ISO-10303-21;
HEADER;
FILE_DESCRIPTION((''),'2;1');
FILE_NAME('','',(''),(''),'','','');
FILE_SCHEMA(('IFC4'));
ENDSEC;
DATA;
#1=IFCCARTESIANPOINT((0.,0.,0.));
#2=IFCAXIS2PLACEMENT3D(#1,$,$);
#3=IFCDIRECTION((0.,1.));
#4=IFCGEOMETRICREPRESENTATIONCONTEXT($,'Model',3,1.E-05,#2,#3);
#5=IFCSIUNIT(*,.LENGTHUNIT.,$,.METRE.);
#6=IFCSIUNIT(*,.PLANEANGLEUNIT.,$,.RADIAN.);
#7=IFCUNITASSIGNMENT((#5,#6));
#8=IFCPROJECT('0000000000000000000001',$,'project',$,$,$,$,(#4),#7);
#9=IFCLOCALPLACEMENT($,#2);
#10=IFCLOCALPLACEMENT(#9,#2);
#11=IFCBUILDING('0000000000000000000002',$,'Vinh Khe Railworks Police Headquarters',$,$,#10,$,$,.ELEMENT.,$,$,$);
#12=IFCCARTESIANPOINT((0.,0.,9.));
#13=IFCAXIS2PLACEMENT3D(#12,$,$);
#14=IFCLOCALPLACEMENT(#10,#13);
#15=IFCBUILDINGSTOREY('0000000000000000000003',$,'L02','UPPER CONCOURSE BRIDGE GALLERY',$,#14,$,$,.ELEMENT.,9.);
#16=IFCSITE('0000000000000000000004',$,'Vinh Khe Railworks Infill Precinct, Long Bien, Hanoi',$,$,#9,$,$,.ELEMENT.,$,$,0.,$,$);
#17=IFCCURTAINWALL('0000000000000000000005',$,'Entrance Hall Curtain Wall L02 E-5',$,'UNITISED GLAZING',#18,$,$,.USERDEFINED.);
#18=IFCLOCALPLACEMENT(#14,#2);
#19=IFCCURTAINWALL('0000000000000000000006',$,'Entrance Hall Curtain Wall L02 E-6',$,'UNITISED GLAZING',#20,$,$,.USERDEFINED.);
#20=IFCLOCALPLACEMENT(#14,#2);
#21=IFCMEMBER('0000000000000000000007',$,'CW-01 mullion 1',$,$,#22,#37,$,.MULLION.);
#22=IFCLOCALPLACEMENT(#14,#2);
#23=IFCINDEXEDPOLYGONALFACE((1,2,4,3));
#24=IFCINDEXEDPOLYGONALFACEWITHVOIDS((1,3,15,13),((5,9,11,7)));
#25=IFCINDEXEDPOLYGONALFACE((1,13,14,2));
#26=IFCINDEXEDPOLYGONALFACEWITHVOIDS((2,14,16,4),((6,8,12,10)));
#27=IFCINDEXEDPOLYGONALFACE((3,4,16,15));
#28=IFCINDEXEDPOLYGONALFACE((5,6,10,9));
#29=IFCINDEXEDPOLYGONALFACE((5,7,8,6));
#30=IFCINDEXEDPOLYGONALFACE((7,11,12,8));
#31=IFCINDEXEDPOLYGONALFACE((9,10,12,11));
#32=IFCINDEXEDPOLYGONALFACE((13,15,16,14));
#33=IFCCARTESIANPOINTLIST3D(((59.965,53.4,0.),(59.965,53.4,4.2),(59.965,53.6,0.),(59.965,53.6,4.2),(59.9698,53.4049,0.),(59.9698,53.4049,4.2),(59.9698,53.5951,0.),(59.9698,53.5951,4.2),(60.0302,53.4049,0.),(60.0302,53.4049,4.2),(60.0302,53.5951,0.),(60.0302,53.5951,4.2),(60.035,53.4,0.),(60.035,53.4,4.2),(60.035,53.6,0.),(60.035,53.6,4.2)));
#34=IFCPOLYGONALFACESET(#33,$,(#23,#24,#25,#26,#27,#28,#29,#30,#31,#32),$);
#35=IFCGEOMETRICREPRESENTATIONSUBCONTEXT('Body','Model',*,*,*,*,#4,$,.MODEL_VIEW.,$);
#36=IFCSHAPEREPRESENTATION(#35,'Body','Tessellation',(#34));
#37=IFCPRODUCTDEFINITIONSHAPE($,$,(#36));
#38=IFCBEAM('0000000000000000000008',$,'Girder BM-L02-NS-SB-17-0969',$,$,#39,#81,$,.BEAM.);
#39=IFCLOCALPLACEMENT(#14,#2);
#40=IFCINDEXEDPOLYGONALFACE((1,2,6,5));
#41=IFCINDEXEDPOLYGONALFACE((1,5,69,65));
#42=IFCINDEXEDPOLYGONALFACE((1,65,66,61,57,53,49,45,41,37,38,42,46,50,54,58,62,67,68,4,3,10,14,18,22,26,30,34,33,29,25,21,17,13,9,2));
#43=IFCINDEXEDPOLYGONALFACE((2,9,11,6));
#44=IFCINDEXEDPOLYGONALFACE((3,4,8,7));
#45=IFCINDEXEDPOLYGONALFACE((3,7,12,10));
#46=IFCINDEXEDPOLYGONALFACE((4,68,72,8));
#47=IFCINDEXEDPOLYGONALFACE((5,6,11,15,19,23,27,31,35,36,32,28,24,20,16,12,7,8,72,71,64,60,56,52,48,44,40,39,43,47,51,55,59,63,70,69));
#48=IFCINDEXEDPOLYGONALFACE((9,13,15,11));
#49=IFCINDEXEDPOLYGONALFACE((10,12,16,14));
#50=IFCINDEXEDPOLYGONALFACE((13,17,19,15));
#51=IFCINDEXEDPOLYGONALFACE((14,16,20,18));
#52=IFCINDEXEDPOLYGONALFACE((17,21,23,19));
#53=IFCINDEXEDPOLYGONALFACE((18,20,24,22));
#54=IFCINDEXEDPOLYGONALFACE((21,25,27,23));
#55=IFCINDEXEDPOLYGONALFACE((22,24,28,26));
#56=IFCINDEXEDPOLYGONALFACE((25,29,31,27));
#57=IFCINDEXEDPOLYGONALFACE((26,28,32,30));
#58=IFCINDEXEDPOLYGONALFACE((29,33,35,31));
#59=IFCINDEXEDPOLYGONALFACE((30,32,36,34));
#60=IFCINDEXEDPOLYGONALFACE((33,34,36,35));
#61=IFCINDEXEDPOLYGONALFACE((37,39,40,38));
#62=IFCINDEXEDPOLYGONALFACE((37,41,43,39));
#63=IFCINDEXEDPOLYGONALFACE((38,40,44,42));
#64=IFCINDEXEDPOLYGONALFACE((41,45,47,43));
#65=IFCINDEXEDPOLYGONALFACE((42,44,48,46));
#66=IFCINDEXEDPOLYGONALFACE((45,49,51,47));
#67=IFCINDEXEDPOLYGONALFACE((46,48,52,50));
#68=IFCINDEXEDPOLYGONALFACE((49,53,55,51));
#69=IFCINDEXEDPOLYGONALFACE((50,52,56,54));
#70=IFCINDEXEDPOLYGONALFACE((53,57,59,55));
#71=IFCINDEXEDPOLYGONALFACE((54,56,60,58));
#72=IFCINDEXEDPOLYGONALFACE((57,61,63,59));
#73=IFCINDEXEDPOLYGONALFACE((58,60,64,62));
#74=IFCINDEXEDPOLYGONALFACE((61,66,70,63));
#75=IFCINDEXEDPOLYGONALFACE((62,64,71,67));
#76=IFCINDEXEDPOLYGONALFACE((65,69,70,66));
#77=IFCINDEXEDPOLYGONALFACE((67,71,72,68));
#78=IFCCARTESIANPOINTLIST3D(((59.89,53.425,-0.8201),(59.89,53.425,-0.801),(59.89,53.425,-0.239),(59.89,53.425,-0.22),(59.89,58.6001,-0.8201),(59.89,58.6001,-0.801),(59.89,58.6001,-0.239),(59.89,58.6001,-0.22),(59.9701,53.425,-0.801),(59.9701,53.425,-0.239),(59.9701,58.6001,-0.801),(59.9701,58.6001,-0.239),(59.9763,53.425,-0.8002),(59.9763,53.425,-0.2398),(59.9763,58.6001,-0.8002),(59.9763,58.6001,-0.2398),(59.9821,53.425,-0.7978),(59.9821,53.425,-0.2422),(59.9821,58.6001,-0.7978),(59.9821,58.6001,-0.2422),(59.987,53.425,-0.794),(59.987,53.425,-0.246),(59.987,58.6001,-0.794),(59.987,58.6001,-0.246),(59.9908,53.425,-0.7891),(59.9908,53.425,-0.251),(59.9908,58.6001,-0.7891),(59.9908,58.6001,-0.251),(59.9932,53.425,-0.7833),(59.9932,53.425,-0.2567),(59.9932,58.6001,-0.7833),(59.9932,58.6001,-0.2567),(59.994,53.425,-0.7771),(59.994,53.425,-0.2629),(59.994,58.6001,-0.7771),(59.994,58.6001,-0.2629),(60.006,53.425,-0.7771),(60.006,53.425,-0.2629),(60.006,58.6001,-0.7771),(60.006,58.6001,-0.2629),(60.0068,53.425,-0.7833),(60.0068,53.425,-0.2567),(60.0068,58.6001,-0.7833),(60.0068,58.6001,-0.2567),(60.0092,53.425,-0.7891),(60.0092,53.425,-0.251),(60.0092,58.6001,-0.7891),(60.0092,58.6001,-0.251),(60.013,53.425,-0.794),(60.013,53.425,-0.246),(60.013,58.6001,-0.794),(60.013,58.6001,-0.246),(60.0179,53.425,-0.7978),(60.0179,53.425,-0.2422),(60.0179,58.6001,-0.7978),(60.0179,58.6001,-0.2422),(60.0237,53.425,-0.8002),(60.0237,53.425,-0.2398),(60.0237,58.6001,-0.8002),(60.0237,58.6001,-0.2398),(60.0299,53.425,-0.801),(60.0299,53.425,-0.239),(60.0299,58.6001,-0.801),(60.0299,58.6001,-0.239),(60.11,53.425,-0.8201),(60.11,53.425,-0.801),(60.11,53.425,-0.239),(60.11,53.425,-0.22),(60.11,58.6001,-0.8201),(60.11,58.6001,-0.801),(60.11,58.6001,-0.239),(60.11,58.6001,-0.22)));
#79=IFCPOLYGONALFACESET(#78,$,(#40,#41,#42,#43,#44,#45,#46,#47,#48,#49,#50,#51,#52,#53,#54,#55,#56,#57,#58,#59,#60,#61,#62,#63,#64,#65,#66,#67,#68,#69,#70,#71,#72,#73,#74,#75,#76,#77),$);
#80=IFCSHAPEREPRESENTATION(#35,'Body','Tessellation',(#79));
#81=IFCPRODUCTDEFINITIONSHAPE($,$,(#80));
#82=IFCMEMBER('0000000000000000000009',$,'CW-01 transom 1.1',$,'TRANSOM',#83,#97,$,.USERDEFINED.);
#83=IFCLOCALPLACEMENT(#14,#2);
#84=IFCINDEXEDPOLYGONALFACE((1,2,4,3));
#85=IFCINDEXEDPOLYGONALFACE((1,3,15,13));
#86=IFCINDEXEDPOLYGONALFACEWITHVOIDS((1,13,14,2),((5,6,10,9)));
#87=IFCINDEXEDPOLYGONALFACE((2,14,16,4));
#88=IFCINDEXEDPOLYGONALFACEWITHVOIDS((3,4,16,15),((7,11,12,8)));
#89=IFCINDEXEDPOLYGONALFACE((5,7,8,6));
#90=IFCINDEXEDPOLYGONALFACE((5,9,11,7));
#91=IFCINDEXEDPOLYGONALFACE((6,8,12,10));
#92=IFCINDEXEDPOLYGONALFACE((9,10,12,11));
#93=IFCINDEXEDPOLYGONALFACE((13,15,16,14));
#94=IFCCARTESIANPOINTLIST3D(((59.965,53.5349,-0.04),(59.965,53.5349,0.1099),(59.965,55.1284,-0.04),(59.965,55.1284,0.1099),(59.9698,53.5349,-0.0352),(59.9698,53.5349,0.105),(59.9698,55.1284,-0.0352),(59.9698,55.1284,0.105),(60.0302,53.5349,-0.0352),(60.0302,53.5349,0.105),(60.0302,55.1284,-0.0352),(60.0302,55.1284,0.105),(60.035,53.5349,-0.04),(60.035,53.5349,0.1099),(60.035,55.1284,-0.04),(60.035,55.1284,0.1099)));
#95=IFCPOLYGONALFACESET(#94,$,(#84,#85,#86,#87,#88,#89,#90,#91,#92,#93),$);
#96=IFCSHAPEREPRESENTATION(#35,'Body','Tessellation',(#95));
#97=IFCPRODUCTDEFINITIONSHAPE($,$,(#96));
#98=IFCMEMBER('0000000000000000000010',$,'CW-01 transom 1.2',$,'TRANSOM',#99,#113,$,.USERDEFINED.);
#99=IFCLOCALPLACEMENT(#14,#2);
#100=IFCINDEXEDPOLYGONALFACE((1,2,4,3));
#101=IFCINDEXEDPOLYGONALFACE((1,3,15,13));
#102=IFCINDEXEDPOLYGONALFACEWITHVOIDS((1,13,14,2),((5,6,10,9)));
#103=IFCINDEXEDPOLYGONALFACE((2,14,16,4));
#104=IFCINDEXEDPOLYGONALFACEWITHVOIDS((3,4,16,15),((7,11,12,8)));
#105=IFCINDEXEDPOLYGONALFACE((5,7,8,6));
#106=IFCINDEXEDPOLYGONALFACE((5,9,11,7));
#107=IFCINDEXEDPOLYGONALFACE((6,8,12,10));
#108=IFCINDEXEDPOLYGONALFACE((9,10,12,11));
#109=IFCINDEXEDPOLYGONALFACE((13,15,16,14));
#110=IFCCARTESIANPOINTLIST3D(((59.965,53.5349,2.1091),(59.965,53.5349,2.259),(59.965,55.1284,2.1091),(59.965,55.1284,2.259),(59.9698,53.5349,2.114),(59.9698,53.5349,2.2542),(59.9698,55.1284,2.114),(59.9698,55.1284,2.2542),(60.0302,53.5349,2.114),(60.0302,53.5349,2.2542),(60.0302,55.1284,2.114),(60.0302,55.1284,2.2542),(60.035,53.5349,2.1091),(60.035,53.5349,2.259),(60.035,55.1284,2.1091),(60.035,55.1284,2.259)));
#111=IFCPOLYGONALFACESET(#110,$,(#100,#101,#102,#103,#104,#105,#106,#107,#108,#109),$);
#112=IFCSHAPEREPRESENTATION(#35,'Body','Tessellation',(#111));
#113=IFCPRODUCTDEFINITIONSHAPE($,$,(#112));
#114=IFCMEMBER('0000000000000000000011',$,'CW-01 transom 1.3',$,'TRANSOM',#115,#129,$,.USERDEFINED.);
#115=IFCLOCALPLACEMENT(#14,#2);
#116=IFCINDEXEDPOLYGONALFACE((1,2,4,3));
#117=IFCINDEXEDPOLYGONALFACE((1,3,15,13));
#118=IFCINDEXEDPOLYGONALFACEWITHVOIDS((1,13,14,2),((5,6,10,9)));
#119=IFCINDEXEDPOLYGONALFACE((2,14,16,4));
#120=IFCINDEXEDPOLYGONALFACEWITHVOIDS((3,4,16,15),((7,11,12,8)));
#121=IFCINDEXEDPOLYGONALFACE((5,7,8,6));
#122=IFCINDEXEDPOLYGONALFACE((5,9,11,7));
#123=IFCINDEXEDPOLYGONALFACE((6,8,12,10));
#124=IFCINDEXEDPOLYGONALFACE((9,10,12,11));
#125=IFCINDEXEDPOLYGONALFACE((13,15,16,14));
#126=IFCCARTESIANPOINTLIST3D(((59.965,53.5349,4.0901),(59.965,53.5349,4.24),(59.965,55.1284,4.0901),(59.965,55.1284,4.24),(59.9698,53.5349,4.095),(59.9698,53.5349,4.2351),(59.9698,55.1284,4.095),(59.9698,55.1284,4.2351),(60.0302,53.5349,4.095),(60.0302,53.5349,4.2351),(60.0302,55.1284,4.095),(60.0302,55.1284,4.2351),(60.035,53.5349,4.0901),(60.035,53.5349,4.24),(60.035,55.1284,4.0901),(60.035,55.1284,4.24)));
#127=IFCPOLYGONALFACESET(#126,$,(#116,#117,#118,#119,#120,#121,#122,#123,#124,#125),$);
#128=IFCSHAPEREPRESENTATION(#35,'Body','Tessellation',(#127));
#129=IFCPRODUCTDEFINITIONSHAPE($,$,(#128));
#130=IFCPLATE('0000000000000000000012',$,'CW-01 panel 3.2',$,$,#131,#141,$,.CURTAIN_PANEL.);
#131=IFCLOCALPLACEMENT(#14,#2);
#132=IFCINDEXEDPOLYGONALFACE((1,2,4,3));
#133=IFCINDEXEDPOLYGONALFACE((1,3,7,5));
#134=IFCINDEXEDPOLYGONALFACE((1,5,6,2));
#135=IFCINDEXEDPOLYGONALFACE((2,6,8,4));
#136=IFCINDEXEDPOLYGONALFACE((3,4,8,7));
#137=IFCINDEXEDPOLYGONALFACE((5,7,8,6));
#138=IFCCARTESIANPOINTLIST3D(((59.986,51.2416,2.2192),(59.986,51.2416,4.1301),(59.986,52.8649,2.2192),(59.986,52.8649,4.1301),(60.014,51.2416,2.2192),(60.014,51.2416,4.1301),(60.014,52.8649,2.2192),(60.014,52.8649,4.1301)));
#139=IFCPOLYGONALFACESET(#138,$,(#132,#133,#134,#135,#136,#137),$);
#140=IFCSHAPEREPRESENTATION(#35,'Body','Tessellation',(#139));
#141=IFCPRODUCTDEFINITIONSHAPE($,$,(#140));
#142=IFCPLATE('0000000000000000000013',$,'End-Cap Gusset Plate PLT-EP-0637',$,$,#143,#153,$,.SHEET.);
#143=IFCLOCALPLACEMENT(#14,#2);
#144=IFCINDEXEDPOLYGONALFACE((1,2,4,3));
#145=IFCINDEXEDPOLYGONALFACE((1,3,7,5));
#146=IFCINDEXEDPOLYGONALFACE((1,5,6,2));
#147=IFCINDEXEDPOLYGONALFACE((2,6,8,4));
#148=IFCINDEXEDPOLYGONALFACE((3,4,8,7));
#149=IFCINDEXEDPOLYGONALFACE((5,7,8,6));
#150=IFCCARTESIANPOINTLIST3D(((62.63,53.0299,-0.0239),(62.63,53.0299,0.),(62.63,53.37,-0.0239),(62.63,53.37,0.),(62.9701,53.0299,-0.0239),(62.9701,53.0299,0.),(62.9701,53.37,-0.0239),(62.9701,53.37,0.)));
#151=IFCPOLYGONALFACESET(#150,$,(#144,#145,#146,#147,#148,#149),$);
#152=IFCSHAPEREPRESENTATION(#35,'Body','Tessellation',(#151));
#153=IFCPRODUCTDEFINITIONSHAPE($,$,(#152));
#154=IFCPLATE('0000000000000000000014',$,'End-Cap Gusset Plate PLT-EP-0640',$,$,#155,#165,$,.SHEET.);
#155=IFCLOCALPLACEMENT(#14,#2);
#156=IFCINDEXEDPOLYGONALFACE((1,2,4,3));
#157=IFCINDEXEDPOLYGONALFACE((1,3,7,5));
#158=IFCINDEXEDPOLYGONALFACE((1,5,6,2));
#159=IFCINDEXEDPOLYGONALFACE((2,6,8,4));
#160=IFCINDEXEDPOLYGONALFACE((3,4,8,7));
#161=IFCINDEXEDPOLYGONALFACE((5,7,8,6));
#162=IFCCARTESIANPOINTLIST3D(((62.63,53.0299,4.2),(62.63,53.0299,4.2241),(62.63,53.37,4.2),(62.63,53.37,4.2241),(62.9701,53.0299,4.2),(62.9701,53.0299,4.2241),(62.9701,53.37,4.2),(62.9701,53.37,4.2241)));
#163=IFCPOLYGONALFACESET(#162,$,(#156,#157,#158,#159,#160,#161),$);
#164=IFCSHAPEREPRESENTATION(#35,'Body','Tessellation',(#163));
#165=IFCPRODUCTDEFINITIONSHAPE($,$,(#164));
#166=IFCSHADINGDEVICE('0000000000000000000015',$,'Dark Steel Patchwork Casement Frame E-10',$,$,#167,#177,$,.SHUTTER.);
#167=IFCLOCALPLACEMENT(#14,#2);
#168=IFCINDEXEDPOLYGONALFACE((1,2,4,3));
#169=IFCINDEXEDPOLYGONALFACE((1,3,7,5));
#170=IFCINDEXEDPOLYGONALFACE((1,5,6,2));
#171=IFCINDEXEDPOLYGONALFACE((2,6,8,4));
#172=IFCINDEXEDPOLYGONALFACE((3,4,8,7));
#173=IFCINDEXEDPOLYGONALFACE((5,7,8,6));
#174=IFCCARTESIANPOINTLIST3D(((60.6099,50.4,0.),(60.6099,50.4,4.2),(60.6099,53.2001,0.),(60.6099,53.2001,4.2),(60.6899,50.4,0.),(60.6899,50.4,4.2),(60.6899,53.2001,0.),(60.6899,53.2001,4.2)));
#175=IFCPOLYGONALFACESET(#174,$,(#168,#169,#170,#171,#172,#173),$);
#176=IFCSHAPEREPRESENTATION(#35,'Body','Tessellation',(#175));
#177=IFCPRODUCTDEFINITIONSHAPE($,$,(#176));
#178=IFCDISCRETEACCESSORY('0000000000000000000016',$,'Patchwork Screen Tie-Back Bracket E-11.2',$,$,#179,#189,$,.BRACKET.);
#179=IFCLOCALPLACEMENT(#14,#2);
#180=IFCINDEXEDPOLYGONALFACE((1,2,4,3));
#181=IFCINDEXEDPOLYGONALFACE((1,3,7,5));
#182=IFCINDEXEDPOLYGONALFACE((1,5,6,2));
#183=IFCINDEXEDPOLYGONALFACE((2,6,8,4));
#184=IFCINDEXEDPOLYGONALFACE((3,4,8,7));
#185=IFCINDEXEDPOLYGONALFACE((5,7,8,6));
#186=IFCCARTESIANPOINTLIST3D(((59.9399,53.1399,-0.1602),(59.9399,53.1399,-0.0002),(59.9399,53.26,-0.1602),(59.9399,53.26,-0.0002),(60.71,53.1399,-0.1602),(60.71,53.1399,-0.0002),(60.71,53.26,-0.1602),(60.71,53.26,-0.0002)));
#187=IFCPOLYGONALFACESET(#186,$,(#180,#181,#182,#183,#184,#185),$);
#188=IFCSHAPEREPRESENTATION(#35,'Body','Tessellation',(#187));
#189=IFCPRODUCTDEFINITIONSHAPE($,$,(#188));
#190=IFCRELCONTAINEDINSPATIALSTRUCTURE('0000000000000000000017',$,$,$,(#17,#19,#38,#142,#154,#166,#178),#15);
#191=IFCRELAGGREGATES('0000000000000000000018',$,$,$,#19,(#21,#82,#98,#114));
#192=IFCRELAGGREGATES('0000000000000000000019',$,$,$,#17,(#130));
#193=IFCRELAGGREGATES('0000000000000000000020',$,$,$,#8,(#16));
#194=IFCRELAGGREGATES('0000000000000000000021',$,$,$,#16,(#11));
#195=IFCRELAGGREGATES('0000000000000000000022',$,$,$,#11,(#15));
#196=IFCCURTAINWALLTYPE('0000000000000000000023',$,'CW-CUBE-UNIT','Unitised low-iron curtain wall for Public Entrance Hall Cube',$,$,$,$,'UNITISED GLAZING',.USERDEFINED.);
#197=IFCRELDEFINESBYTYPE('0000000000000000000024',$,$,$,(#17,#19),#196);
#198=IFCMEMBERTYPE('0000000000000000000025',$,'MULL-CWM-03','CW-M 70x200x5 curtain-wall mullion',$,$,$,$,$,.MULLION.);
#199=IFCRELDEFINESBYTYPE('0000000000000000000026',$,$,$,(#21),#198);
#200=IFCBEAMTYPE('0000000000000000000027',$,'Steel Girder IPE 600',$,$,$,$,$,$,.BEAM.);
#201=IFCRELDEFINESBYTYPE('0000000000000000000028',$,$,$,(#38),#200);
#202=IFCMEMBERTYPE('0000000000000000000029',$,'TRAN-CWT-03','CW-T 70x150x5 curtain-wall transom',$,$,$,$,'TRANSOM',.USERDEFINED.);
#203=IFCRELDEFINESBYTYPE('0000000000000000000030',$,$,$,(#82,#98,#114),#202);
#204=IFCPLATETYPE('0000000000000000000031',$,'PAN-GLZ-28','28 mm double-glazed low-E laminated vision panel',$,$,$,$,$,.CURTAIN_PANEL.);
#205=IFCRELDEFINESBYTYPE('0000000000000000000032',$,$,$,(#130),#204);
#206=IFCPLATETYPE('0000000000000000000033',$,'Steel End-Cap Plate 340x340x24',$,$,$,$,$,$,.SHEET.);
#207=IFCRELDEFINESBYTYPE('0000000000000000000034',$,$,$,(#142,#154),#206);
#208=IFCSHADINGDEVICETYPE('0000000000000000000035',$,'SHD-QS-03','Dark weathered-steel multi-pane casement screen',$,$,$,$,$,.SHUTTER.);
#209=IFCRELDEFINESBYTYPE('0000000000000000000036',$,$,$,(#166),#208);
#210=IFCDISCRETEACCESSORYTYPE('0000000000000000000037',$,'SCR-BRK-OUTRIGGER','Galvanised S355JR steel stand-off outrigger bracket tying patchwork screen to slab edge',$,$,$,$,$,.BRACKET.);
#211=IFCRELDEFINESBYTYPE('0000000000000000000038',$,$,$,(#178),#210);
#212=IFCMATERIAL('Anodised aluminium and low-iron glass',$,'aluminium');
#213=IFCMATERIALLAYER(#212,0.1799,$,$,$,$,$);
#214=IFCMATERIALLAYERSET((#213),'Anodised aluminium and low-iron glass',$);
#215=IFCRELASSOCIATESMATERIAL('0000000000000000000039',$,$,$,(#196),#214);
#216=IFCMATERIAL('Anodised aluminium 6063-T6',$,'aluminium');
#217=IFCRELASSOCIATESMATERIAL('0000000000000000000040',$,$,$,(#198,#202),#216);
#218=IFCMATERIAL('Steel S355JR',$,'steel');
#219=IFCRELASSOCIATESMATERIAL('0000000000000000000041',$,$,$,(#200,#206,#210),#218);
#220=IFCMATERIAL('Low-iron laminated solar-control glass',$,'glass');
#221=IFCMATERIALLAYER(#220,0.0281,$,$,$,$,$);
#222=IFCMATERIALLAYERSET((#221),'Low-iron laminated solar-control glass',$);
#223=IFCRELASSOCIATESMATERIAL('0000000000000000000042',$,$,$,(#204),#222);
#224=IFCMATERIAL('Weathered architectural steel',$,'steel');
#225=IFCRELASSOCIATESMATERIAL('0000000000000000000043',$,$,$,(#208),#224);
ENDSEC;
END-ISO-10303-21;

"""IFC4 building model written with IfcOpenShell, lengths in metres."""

from ifc_helpers import new_model, si_unit, direction, frame, origin, origin_2d, place, context, subcontext, project, spatial, rectangle, hollow_rectangle, i_section, extrude, material, layer, layer_set, material_profile, profile_set, type_object, element, aggregate, save


model = new_model("IFC4")

# Units and contexts
model_context = context("Model", 3, precision=1e-05, world=origin(), true_north=direction((0.0, 1.0)))
body_context = subcontext(model_context, "Body", "Model", "MODEL_VIEW")
ifc_project = project(units=[si_unit("LENGTHUNIT", "METRE"), si_unit("PLANEANGLEUNIT", "RADIAN")], contexts=[model_context])

# Site, building, storey
site_placement = place(None, origin())
site = spatial("IfcSite", under=ifc_project, at=site_placement, Name="Vinh Khe Railworks Infill Precinct, Long Bien, Hanoi", CompositionType="ELEMENT", RefElevation=0.0)
building_placement = place(site_placement, origin())
building = spatial("IfcBuilding", under=site, at=building_placement, Name="Vinh Khe Railworks Police Headquarters", CompositionType="ELEMENT")
storey_placement = place(building_placement, frame((0.0, 0.0, 9.0)))
storey = spatial("IfcBuildingStorey", under=building, at=storey_placement, Name="L02", Description="UPPER CONCOURSE BRIDGE GALLERY", CompositionType="ELEMENT", Elevation=9.0)

# Shared definitions
ifc_material_1 = material(Name="Steel S355JR", Category="steel")

# Curtain walls, member
ifc_material_2 = material(Name="Anodised aluminium and low-iron glass", Category="aluminium")
ifc_layer_1 = layer(ifc_material_2, 0.1799)
ifc_layer_set_1 = layer_set([ifc_layer_1], Name="Anodised aluminium and low-iron glass")
curtain_wall_type = type_object("IfcCurtainWallType", Name="CW-CUBE-UNIT", Description="Unitised low-iron curtain wall for Public Entrance Hall Cube", ElementType="UNITISED GLAZING", PredefinedType="USERDEFINED", material=ifc_layer_set_1)
curtain_wall_1_placement = place(storey_placement, origin())
curtain_wall_1 = element("IfcCurtainWall", 1, at=curtain_wall_1_placement, inside=storey, type_object=curtain_wall_type, Name="Entrance Hall Curtain Wall L02 E-5", ObjectType="UNITISED GLAZING", PredefinedType="USERDEFINED")
ifc_material_3 = material(Name="Anodised aluminium 6063-T6", Category="aluminium")
ifc_material_profile_1 = material_profile(ifc_material_3, hollow_rectangle(XDim=0.0701, YDim=0.2, WallThickness=0.0049, at=origin_2d()), Name="CW-M 70x200x5")
ifc_profile_set_1 = profile_set([ifc_material_profile_1], Name="Anodised aluminium 6063-T6")
member_type_1 = type_object("IfcMemberType", Name="MULL-CWM-03", Description="CW-M 70x200x5 curtain-wall mullion", PredefinedType="MULLION", material=ifc_profile_set_1)
curtain_wall_2_placement = place(storey_placement, origin())
curtain_wall_2 = element("IfcCurtainWall", 2, at=curtain_wall_2_placement, inside=storey, type_object=curtain_wall_type, Name="Entrance Hall Curtain Wall L02 E-6", ObjectType="UNITISED GLAZING", PredefinedType="USERDEFINED")
member_1_placement = place(storey_placement, frame((60.0, 53.5, 0.0), z_axis=(0.0, 0.0, 1.0), x_axis=(-1.0, 0.0, 0.0)))
member_1 = element("IfcMember", 3, at=member_1_placement, type_object=member_type_1, Name="CW-01 mullion 1", PredefinedType="MULLION", context=body_context, shape_type="SweptSolid", body=[
    extrude(hollow_rectangle(XDim=0.0701, YDim=0.2, WallThickness=0.0049, at=origin_2d()), origin(), (0.0, 0.0, 1.0), 4.2),
])

# Beam
ifc_material_profile_2 = material_profile(ifc_material_1, i_section(OverallWidth=0.22, OverallDepth=0.6001, WebThickness=0.012, FlangeThickness=0.019, FilletRadius=0.0239, at=origin_2d()), Name="IPE 600")
ifc_profile_set_2 = profile_set([ifc_material_profile_2], Name="Steel S355JR")
beam_type = type_object("IfcBeamType", Name="Steel Girder IPE 600", PredefinedType="BEAM", material=ifc_profile_set_2)
beam_placement = place(storey_placement, frame((60.0, 53.425, -0.52), z_axis=(0.0, 1.0, 0.0), x_axis=(-1.0, 0.0, 0.0)))
element("IfcBeam", 4, at=beam_placement, inside=storey, type_object=beam_type, Name="Girder BM-L02-NS-SB-17-0969", PredefinedType="BEAM", context=body_context, shape_type="SweptSolid", body=[
    extrude(i_section(OverallWidth=0.22, OverallDepth=0.6001, WebThickness=0.012, FlangeThickness=0.019, FilletRadius=0.0239, at=origin_2d()), origin(), (0.0, 0.0, 1.0), 5.175),
])

# Members
ifc_material_profile_3 = material_profile(ifc_material_3, hollow_rectangle(XDim=0.0701, YDim=0.1499, WallThickness=0.0049, at=origin_2d()), Name="CW-T 70x150x5")
ifc_profile_set_3 = profile_set([ifc_material_profile_3], Name="Anodised aluminium 6063-T6")
member_type_2 = type_object("IfcMemberType", Name="TRAN-CWT-03", Description="CW-T 70x150x5 curtain-wall transom", ElementType="TRANSOM", PredefinedType="USERDEFINED", material=ifc_profile_set_3)
member_2_placement = place(storey_placement, frame((60.0, 53.5349, 0.0349), z_axis=(0.0, 1.0, 0.0), x_axis=(-1.0, 0.0, 0.0)))
member_2 = element("IfcMember", 5, at=member_2_placement, type_object=member_type_2, Name="CW-01 transom 1.1", ObjectType="TRANSOM", PredefinedType="USERDEFINED", context=body_context, shape_type="SweptSolid", body=[
    extrude(hollow_rectangle(XDim=0.0701, YDim=0.1499, WallThickness=0.0049, at=origin_2d()), origin(), (0.0, 0.0, 1.0), 1.5935),
])
member_3_placement = place(storey_placement, frame((60.0, 53.5349, 2.1841), z_axis=(0.0, 1.0, 0.0), x_axis=(-1.0, 0.0, 0.0)))
member_3 = element("IfcMember", 6, at=member_3_placement, type_object=member_type_2, Name="CW-01 transom 1.2", ObjectType="TRANSOM", PredefinedType="USERDEFINED", context=body_context, shape_type="SweptSolid", body=[
    extrude(hollow_rectangle(XDim=0.0701, YDim=0.1499, WallThickness=0.0049, at=origin_2d()), origin(), (0.0, 0.0, 1.0), 1.5935),
])
member_4_placement = place(storey_placement, frame((60.0, 53.5349, 4.165), z_axis=(0.0, 1.0, 0.0), x_axis=(-1.0, 0.0, 0.0)))
member_4 = element("IfcMember", 7, at=member_4_placement, type_object=member_type_2, Name="CW-01 transom 1.3", ObjectType="TRANSOM", PredefinedType="USERDEFINED", context=body_context, shape_type="SweptSolid", body=[
    extrude(hollow_rectangle(XDim=0.0701, YDim=0.1499, WallThickness=0.0049, at=origin_2d()), origin(), (0.0, 0.0, 1.0), 1.5935),
])
aggregate(curtain_wall_2, [member_1, member_2, member_3, member_4])

# Plate
ifc_material_4 = material(Name="Low-iron laminated solar-control glass", Category="glass")
ifc_layer_2 = layer(ifc_material_4, 0.0281)
ifc_layer_set_2 = layer_set([ifc_layer_2], Name="Low-iron laminated solar-control glass")
plate_type_1 = type_object("IfcPlateType", Name="PAN-GLZ-28", Description="28 mm double-glazed low-E laminated vision panel", PredefinedType="CURTAIN_PANEL", material=ifc_layer_set_2)
plate_1_placement = place(storey_placement, frame((60.0, 52.0532, 2.2192), z_axis=(0.0, 0.0, 1.0), x_axis=(0.0, 1.0, 0.0)))
plate_1 = element("IfcPlate", 8, at=plate_1_placement, type_object=plate_type_1, Name="CW-01 panel 3.2", PredefinedType="CURTAIN_PANEL", context=body_context, shape_type="SweptSolid", body=[
    extrude(rectangle(XDim=1.6233, YDim=0.0281, at=origin_2d()), origin(), (0.0, 0.0, 1.0), 1.9109),
])
aggregate(curtain_wall_1, [plate_1])

# Plates
ifc_material_profile_4 = material_profile(ifc_material_1, rectangle(XDim=0.3401, YDim=0.3401, at=origin_2d()), Name="PL 340x340")
ifc_profile_set_4 = profile_set([ifc_material_profile_4], Name="Steel S355JR")
plate_type_2 = type_object("IfcPlateType", Name="Steel End-Cap Plate 340x340x24", PredefinedType="SHEET", material=ifc_profile_set_4)
plate_2_placement = place(storey_placement, frame((62.8, 53.2, 0.0), z_axis=(0.0, 0.0, -1.0), x_axis=(1.0, 0.0, 0.0)))
element("IfcPlate", 9, at=plate_2_placement, inside=storey, type_object=plate_type_2, Name="End-Cap Gusset Plate PLT-EP-0637", PredefinedType="SHEET", context=body_context, shape_type="SweptSolid", body=[
    extrude(rectangle(XDim=0.3401, YDim=0.3401, at=origin_2d()), origin(), (0.0, 0.0, 1.0), 0.0239),
])
plate_3_placement = place(storey_placement, frame((62.8, 53.2, 4.2), z_axis=(0.0, 0.0, 1.0), x_axis=(1.0, 0.0, 0.0)))
element("IfcPlate", 10, at=plate_3_placement, inside=storey, type_object=plate_type_2, Name="End-Cap Gusset Plate PLT-EP-0640", PredefinedType="SHEET", context=body_context, shape_type="SweptSolid", body=[
    extrude(rectangle(XDim=0.3401, YDim=0.3401, at=origin_2d()), origin(), (0.0, 0.0, 1.0), 0.0242),
])

# Shading device
ifc_material_5 = material(Name="Weathered architectural steel", Category="steel")
shading_device_type = type_object("IfcShadingDeviceType", Name="SHD-QS-03", Description="Dark weathered-steel multi-pane casement screen", PredefinedType="SHUTTER", material=ifc_material_5)
shading_device_placement = place(storey_placement, frame((60.6499, 51.8, 0.0), z_axis=(0.0, 0.0, 1.0), x_axis=(0.0, 1.0, 0.0)))
element("IfcShadingDevice", 11, at=shading_device_placement, inside=storey, type_object=shading_device_type, Name="Dark Steel Patchwork Casement Frame E-10", PredefinedType="SHUTTER", context=body_context, shape_type="SweptSolid", body=[
    extrude(rectangle(XDim=2.8, YDim=0.0801, at=origin_2d()), origin(), (0.0, 0.0, 1.0), 4.2),
])

# Discrete accessory
discrete_accessory_type_1 = type_object("IfcDiscreteAccessoryType", Name="SCR-BRK-OUTRIGGER", Description="Galvanised S355JR steel stand-off outrigger bracket tying patchwork screen to slab edge", PredefinedType="BRACKET", material=ifc_material_1)
discrete_accessory_placement = place(storey_placement, frame((60.325, 53.2, -0.1602), z_axis=(0.0, 0.0, 1.0), x_axis=(1.0, 0.0, 0.0)))
element("IfcDiscreteAccessory", 12, at=discrete_accessory_placement, inside=storey, type_object=discrete_accessory_type_1, Name="Patchwork Screen Tie-Back Bracket E-11.2", PredefinedType="BRACKET", context=body_context, shape_type="SweptSolid", body=[
    extrude(rectangle(XDim=0.77, YDim=0.1201, at=origin_2d()), origin(), (0.0, 0.0, 1.0), 0.1599),
])

save(model, "model.ifc")
